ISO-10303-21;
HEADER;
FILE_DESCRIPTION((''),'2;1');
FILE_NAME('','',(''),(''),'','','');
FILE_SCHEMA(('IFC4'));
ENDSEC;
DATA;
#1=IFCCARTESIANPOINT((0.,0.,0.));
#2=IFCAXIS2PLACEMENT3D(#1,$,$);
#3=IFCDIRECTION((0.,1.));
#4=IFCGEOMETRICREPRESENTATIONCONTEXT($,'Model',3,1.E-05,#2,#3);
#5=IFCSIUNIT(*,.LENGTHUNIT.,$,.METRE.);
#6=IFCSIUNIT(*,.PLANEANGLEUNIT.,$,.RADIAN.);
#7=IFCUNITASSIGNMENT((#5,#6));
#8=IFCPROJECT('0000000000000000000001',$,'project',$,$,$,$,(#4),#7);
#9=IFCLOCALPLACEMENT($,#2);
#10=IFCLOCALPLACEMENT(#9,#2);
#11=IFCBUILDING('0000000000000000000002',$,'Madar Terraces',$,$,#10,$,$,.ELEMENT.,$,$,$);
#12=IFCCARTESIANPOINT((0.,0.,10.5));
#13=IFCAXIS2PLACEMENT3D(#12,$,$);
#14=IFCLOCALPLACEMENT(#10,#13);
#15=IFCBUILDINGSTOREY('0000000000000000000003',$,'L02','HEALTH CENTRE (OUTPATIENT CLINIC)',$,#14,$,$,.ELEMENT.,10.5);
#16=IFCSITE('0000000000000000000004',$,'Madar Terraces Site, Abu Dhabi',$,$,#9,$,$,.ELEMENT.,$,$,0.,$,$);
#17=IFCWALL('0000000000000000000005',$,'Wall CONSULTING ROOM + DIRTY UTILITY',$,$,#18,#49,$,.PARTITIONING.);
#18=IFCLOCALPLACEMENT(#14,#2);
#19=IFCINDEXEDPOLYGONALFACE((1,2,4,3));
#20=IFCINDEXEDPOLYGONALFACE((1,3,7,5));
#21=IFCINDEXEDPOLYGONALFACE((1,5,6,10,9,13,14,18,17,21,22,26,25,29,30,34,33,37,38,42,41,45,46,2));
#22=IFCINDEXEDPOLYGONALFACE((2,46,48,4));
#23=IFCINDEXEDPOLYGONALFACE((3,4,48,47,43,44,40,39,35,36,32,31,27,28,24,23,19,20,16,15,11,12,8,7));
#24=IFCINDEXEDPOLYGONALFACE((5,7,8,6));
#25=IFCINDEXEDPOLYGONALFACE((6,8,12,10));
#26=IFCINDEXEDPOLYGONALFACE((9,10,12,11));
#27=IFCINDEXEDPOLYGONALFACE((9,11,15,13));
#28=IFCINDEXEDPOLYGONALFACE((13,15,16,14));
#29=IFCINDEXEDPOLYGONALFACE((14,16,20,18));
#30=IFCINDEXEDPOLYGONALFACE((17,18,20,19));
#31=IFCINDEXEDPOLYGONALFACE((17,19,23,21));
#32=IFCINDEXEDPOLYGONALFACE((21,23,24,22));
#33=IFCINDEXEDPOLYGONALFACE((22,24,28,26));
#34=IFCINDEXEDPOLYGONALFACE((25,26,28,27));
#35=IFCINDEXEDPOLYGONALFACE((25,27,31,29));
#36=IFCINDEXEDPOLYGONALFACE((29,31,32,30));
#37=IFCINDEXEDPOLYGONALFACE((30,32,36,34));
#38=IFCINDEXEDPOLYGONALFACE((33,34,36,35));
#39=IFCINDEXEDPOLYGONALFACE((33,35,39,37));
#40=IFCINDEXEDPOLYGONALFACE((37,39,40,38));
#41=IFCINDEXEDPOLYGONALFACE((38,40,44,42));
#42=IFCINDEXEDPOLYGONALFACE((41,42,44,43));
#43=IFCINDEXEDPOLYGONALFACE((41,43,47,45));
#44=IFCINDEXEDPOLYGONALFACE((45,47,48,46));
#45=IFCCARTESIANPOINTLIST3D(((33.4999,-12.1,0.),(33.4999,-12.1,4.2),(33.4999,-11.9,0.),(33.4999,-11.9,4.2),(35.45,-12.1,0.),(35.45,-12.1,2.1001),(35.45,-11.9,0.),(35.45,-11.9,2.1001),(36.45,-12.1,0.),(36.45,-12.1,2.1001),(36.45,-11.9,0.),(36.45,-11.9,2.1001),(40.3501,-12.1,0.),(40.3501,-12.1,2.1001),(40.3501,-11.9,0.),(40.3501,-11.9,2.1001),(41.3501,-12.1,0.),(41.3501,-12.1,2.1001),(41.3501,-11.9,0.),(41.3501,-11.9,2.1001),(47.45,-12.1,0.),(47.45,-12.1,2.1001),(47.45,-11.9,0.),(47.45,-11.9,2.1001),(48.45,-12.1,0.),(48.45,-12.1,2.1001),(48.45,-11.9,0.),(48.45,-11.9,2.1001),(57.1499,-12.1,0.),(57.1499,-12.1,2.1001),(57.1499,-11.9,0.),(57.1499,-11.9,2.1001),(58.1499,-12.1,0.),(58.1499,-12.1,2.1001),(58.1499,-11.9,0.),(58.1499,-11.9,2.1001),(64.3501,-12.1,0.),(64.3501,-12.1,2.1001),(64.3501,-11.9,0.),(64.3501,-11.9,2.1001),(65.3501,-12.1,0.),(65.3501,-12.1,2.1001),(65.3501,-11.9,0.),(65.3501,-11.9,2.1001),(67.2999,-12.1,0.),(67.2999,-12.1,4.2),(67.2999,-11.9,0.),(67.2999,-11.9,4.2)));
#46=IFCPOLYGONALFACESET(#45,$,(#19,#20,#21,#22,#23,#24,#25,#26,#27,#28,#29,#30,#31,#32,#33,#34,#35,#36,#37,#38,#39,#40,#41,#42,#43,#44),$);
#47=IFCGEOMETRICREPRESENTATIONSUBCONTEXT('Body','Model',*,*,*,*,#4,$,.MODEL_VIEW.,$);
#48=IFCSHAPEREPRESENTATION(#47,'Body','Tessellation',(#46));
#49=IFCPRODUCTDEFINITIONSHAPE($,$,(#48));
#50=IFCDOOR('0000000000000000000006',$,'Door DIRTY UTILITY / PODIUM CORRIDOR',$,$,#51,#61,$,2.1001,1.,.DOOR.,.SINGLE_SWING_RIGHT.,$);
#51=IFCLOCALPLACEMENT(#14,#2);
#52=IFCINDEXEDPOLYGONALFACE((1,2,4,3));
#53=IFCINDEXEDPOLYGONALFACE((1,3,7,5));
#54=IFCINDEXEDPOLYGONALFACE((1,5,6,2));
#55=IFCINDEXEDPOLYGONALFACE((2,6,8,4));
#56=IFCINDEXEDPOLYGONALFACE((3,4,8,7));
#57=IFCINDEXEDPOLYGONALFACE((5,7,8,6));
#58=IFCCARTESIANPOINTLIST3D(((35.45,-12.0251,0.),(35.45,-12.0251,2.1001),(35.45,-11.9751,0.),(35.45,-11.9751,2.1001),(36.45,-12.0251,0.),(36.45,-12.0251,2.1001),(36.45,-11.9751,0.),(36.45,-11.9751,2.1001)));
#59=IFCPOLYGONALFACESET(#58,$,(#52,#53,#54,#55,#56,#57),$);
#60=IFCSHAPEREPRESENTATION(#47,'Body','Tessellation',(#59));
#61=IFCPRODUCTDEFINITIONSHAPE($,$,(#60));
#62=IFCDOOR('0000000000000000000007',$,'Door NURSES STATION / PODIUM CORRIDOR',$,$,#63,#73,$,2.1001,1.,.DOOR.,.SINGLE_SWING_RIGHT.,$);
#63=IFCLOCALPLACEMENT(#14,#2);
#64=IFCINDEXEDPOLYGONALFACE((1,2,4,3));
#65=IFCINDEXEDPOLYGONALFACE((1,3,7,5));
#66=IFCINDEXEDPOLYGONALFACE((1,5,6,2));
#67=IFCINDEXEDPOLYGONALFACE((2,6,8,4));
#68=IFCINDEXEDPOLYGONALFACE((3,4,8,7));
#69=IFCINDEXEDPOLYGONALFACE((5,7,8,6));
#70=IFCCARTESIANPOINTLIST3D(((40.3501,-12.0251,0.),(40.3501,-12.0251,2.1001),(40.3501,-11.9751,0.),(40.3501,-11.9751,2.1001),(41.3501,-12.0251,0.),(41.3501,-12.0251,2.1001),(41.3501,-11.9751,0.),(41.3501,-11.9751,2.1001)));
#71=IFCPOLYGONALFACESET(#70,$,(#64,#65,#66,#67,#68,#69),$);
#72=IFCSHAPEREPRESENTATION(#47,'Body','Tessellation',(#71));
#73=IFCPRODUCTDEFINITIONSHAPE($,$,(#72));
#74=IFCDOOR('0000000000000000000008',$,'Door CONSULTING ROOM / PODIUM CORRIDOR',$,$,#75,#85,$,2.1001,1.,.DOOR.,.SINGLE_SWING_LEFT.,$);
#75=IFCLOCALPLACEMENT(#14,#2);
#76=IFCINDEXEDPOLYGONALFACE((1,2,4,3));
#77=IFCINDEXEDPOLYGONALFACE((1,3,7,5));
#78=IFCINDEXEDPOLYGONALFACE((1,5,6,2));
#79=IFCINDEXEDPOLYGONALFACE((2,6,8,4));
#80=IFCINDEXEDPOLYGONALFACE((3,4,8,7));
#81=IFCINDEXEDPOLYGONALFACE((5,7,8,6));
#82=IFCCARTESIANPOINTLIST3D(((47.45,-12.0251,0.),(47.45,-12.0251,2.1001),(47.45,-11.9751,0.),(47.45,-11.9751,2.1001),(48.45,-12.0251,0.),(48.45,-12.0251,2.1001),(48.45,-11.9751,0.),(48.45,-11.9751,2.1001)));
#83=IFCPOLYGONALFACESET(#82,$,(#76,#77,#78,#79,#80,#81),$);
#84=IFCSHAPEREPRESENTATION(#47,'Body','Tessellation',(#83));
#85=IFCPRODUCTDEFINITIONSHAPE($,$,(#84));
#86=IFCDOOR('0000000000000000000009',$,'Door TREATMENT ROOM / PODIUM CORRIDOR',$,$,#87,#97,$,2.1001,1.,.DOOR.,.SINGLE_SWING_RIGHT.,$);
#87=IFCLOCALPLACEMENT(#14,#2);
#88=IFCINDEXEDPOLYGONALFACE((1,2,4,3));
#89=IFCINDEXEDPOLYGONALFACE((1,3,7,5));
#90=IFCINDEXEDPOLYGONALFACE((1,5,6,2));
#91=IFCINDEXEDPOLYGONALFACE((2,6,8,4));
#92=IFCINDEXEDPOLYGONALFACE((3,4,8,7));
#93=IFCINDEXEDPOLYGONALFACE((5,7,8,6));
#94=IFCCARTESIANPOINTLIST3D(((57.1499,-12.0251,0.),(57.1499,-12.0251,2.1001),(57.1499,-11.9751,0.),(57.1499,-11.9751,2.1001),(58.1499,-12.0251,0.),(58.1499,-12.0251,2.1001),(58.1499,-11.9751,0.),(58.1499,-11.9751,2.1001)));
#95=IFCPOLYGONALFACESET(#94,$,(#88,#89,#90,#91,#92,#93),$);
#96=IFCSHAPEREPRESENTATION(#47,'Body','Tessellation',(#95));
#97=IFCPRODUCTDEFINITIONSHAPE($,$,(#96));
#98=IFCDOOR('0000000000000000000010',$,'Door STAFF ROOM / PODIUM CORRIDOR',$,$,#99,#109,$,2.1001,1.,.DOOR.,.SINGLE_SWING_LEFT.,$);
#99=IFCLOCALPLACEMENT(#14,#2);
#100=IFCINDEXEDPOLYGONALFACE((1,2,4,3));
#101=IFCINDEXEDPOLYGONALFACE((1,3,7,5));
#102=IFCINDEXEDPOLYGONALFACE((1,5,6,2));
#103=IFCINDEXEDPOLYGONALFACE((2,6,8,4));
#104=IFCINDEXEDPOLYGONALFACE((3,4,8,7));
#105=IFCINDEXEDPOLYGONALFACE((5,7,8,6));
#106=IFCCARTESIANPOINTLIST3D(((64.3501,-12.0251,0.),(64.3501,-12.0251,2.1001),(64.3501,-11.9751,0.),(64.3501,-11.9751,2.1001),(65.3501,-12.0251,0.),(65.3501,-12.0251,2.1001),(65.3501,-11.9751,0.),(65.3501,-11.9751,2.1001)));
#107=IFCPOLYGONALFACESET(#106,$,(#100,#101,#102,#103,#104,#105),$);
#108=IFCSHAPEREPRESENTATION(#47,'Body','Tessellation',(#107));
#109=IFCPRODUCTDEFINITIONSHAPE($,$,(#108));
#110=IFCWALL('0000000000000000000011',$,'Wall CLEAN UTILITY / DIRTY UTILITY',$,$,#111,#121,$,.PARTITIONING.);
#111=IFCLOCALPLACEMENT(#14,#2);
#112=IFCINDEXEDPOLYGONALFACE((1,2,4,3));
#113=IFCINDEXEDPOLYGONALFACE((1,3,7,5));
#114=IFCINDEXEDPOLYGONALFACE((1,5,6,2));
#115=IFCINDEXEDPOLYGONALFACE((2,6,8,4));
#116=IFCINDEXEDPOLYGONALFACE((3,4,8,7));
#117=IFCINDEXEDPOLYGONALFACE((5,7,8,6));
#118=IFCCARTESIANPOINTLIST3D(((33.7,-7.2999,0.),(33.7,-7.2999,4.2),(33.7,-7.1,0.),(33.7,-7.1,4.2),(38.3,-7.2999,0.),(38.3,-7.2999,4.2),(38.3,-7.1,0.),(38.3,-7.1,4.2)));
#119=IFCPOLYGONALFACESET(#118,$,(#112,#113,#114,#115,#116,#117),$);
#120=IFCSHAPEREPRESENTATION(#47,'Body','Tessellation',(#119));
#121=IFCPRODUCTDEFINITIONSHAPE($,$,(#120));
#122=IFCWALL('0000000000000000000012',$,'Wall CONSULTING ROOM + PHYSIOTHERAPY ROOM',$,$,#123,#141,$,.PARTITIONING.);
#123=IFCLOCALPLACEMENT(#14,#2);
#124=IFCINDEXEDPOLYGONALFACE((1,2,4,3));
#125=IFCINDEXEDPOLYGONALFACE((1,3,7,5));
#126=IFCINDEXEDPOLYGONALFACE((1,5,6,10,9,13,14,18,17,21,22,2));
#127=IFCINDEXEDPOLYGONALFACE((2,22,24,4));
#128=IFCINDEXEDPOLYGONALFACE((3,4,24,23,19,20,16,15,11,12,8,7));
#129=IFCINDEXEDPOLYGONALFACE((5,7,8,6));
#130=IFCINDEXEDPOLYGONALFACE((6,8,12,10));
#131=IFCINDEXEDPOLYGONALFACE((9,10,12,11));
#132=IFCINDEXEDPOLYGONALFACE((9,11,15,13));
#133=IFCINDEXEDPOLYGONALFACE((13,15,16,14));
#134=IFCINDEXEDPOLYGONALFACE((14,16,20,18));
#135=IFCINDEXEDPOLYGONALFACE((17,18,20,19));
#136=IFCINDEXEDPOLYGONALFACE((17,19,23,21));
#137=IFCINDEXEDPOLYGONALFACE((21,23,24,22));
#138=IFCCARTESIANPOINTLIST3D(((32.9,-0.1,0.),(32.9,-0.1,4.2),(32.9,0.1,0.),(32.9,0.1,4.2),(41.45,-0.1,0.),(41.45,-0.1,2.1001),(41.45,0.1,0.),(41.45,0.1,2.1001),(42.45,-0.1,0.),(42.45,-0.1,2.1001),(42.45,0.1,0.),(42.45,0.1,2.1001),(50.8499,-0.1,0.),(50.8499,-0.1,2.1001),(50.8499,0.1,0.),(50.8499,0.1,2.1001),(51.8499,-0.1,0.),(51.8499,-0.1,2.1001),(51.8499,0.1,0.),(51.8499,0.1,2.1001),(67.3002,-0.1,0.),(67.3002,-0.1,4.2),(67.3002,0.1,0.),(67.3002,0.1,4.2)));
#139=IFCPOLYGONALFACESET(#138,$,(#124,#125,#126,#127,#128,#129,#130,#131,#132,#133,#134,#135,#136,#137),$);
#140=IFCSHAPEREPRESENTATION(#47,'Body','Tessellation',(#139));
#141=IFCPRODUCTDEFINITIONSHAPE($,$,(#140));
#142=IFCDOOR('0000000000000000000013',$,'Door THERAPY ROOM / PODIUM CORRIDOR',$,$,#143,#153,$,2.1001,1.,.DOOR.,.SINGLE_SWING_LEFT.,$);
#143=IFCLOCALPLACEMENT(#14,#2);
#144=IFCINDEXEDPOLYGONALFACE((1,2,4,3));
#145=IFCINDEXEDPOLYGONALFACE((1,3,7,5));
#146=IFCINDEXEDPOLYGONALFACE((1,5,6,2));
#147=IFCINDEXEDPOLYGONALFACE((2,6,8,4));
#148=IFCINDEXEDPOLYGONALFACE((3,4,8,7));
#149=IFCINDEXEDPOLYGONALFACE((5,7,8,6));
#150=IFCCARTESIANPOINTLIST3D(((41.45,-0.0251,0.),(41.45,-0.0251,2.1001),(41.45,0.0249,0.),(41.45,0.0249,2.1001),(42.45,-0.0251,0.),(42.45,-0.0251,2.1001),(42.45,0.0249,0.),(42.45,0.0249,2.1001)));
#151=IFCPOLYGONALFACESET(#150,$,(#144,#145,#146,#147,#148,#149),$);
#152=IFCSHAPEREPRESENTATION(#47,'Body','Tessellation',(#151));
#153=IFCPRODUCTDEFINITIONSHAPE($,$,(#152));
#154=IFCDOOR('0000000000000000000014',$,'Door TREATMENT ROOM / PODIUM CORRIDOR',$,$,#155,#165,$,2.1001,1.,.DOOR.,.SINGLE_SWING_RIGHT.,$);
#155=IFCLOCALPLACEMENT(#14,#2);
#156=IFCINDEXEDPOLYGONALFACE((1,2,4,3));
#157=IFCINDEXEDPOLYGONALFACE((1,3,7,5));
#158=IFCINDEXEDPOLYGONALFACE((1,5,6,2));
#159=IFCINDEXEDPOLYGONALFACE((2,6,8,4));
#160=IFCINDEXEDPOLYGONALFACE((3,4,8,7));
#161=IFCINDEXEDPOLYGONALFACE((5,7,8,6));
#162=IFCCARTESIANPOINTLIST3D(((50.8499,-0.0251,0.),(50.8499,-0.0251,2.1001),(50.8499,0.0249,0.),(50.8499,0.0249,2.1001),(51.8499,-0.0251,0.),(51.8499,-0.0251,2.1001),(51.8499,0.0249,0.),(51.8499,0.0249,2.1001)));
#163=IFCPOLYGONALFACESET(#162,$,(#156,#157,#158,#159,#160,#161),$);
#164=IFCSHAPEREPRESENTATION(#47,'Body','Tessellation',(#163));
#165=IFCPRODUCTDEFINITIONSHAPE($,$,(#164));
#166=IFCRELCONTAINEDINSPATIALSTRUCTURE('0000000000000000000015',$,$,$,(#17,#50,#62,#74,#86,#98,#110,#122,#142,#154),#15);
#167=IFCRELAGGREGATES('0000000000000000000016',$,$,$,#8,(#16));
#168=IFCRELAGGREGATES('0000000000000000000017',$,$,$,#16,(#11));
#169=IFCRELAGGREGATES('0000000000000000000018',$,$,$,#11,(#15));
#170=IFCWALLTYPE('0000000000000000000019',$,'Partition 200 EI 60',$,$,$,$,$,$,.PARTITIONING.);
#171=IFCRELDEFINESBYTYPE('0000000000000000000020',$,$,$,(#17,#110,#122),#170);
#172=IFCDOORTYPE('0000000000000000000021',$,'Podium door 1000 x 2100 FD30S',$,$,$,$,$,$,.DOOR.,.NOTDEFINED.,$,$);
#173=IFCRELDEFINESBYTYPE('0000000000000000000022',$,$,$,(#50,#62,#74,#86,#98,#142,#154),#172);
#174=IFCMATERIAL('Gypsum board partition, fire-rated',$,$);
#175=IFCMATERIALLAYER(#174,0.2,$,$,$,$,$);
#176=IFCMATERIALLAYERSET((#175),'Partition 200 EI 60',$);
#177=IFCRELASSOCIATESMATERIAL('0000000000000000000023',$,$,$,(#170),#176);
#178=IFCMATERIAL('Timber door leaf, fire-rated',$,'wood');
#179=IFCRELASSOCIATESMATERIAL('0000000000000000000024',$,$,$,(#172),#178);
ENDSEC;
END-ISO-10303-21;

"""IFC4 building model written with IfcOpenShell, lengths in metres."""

from ifc_helpers import new_model, si_unit, direction, frame, frame_2d, origin, place, context, subcontext, project, spatial, rectangle, extrude, material, layer, layer_set, type_object, element, fill, save


model = new_model("IFC4")

# Units and contexts
model_context = context("Model", 3, precision=1e-05, world=origin(), true_north=direction((0.0, 1.0)))
body_context = subcontext(model_context, "Body", "Model", "MODEL_VIEW")
ifc_project = project(units=[si_unit("LENGTHUNIT", "METRE"), si_unit("PLANEANGLEUNIT", "RADIAN")], contexts=[model_context])

# Site, building, storey
site_placement = place(None, origin())
site = spatial("IfcSite", under=ifc_project, at=site_placement, Name="Madar Terraces Site, Abu Dhabi", CompositionType="ELEMENT", RefElevation=0.0)
building_placement = place(site_placement, origin())
building = spatial("IfcBuilding", under=site, at=building_placement, Name="Madar Terraces", CompositionType="ELEMENT")
storey_placement = place(building_placement, frame((0.0, 0.0, 10.5)))
storey = spatial("IfcBuildingStorey", under=building, at=storey_placement, Name="L02", Description="HEALTH CENTRE (OUTPATIENT CLINIC)", CompositionType="ELEMENT", Elevation=10.5)

# Shared definitions
ifc_material_1 = material(Name="Gypsum board partition, fire-rated")
ifc_layer = layer(ifc_material_1, 0.2)
ifc_layer_set = layer_set([ifc_layer], Name="Partition 200 EI 60")
wall_type = type_object("IfcWallType", Name="Partition 200 EI 60", PredefinedType="PARTITIONING", material=ifc_layer_set)
ifc_material_2 = material(Name="Timber door leaf, fire-rated", Category="wood")
door_type = type_object("IfcDoorType", Name="Podium door 1000 x 2100 FD30S", OperationType="NOTDEFINED", PredefinedType="DOOR", material=ifc_material_2)

# Wall, openings, doors
wall_1_placement = place(storey_placement, frame((33.5, -12.0, 0.0), z_axis=(0.0, 0.0, 1.0), x_axis=(1.0, 0.0, 0.0)))
wall_1 = element("IfcWall", 1, at=wall_1_placement, inside=storey, type_object=wall_type, Name="Wall CONSULTING ROOM + DIRTY UTILITY", PredefinedType="PARTITIONING", context=body_context, shape_type="SweptSolid", body=[
    extrude(rectangle(XDim=33.8, YDim=0.2, at=frame_2d((16.8999, 0.0))), origin(), (0.0, 0.0, 1.0), 4.2),
])
opening_1_placement = place(wall_1_placement, frame((1.95, 0.0, 0.0)))
opening_1 = element("IfcOpeningElement", 2, at=opening_1_placement, cuts=wall_1, PredefinedType="OPENING", context=body_context, shape_type="SweptSolid", body=[
    extrude(rectangle(XDim=1.0, YDim=2.1001, at=frame_2d((0.5, 1.05))), frame((0.0, 0.1099, 0.0), z_axis=(0.0, -1.0, 0.0), x_axis=(1.0, 0.0, 0.0)), (0.0, 0.0, 1.0), 0.22),
])
opening_2_placement = place(wall_1_placement, frame((6.8501, 0.0, 0.0)))
opening_2 = element("IfcOpeningElement", 3, at=opening_2_placement, cuts=wall_1, PredefinedType="OPENING", context=body_context, shape_type="SweptSolid", body=[
    extrude(rectangle(XDim=1.0, YDim=2.1001, at=frame_2d((0.5, 1.05))), frame((0.0, 0.1099, 0.0), z_axis=(0.0, -1.0, 0.0), x_axis=(1.0, 0.0, 0.0)), (0.0, 0.0, 1.0), 0.22),
])
opening_3_placement = place(wall_1_placement, frame((13.95, 0.0, 0.0)))
opening_3 = element("IfcOpeningElement", 4, at=opening_3_placement, cuts=wall_1, PredefinedType="OPENING", context=body_context, shape_type="SweptSolid", body=[
    extrude(rectangle(XDim=1.0, YDim=2.1001, at=frame_2d((0.5, 1.05))), frame((0.0, 0.1099, 0.0), z_axis=(0.0, -1.0, 0.0), x_axis=(1.0, 0.0, 0.0)), (0.0, 0.0, 1.0), 0.22),
])
opening_4_placement = place(wall_1_placement, frame((23.6499, 0.0, 0.0)))
opening_4 = element("IfcOpeningElement", 5, at=opening_4_placement, cuts=wall_1, PredefinedType="OPENING", context=body_context, shape_type="SweptSolid", body=[
    extrude(rectangle(XDim=1.0, YDim=2.1001, at=frame_2d((0.5, 1.05))), frame((0.0, 0.1099, 0.0), z_axis=(0.0, -1.0, 0.0), x_axis=(1.0, 0.0, 0.0)), (0.0, 0.0, 1.0), 0.22),
])
opening_5_placement = place(wall_1_placement, frame((30.8501, 0.0, 0.0)))
opening_5 = element("IfcOpeningElement", 6, at=opening_5_placement, cuts=wall_1, PredefinedType="OPENING", context=body_context, shape_type="SweptSolid", body=[
    extrude(rectangle(XDim=1.0, YDim=2.1001, at=frame_2d((0.5, 1.05))), frame((0.0, 0.1099, 0.0), z_axis=(0.0, -1.0, 0.0), x_axis=(1.0, 0.0, 0.0)), (0.0, 0.0, 1.0), 0.22),
])
door_1_placement = place(opening_1_placement, origin())
door_1 = element("IfcDoor", 7, at=door_1_placement, inside=storey, type_object=door_type, Name="Door DIRTY UTILITY / PODIUM CORRIDOR", OperationType="SINGLE_SWING_RIGHT", OverallHeight=2.1001, OverallWidth=1.0, PredefinedType="DOOR", context=body_context, shape_type="SweptSolid", body=[
    extrude(rectangle(XDim=1.0, YDim=2.1001, at=frame_2d((0.5, 1.05))), frame((0.0, 0.0249, 0.0), z_axis=(0.0, -1.0, 0.0), x_axis=(1.0, 0.0, 0.0)), (0.0, 0.0, 1.0), 0.05),
])
fill(opening_1, door_1)
door_2_placement = place(opening_2_placement, origin())
door_2 = element("IfcDoor", 8, at=door_2_placement, inside=storey, type_object=door_type, Name="Door NURSES STATION / PODIUM CORRIDOR", OperationType="SINGLE_SWING_RIGHT", OverallHeight=2.1001, OverallWidth=1.0, PredefinedType="DOOR", context=body_context, shape_type="SweptSolid", body=[
    extrude(rectangle(XDim=1.0, YDim=2.1001, at=frame_2d((0.5, 1.05))), frame((0.0, 0.0249, 0.0), z_axis=(0.0, -1.0, 0.0), x_axis=(1.0, 0.0, 0.0)), (0.0, 0.0, 1.0), 0.05),
])
fill(opening_2, door_2)
door_3_placement = place(opening_3_placement, origin())
door_3 = element("IfcDoor", 9, at=door_3_placement, inside=storey, type_object=door_type, Name="Door CONSULTING ROOM / PODIUM CORRIDOR", OperationType="SINGLE_SWING_LEFT", OverallHeight=2.1001, OverallWidth=1.0, PredefinedType="DOOR", context=body_context, shape_type="SweptSolid", body=[
    extrude(rectangle(XDim=1.0, YDim=2.1001, at=frame_2d((0.5, 1.05))), frame((0.0, 0.0249, 0.0), z_axis=(0.0, -1.0, 0.0), x_axis=(1.0, 0.0, 0.0)), (0.0, 0.0, 1.0), 0.05),
])
fill(opening_3, door_3)
door_4_placement = place(opening_4_placement, origin())
door_4 = element("IfcDoor", 10, at=door_4_placement, inside=storey, type_object=door_type, Name="Door TREATMENT ROOM / PODIUM CORRIDOR", OperationType="SINGLE_SWING_RIGHT", OverallHeight=2.1001, OverallWidth=1.0, PredefinedType="DOOR", context=body_context, shape_type="SweptSolid", body=[
    extrude(rectangle(XDim=1.0, YDim=2.1001, at=frame_2d((0.5, 1.05))), frame((0.0, 0.0249, 0.0), z_axis=(0.0, -1.0, 0.0), x_axis=(1.0, 0.0, 0.0)), (0.0, 0.0, 1.0), 0.05),
])
fill(opening_4, door_4)
door_5_placement = place(opening_5_placement, origin())
door_5 = element("IfcDoor", 11, at=door_5_placement, inside=storey, type_object=door_type, Name="Door STAFF ROOM / PODIUM CORRIDOR", OperationType="SINGLE_SWING_LEFT", OverallHeight=2.1001, OverallWidth=1.0, PredefinedType="DOOR", context=body_context, shape_type="SweptSolid", body=[
    extrude(rectangle(XDim=1.0, YDim=2.1001, at=frame_2d((0.5, 1.05))), frame((0.0, 0.0249, 0.0), z_axis=(0.0, -1.0, 0.0), x_axis=(1.0, 0.0, 0.0)), (0.0, 0.0, 1.0), 0.05),
])
fill(opening_5, door_5)

# Wall
wall_2_placement = place(storey_placement, frame((33.7, -7.2, 0.0), z_axis=(0.0, 0.0, 1.0), x_axis=(1.0, 0.0, 0.0)))
element("IfcWall", 12, at=wall_2_placement, inside=storey, type_object=wall_type, Name="Wall CLEAN UTILITY / DIRTY UTILITY", PredefinedType="PARTITIONING", context=body_context, shape_type="SweptSolid", body=[
    extrude(rectangle(XDim=4.6001, YDim=0.2, at=frame_2d((2.3, 0.0))), origin(), (0.0, 0.0, 1.0), 4.2),
])

# Wall, openings, doors
wall_3_placement = place(storey_placement, frame((32.8999, 0.0, 0.0), z_axis=(0.0, 0.0, 1.0), x_axis=(1.0, 0.0, 0.0)))
wall_3 = element("IfcWall", 13, at=wall_3_placement, inside=storey, type_object=wall_type, Name="Wall CONSULTING ROOM + PHYSIOTHERAPY ROOM", PredefinedType="PARTITIONING", context=body_context, shape_type="SweptSolid", body=[
    extrude(rectangle(XDim=34.4001, YDim=0.2, at=frame_2d((17.2002, 0.0))), origin(), (0.0, 0.0, 1.0), 4.2),
])
opening_6_placement = place(wall_3_placement, frame((8.55, 0.0, 0.0)))
opening_6 = element("IfcOpeningElement", 14, at=opening_6_placement, cuts=wall_3, PredefinedType="OPENING", context=body_context, shape_type="SweptSolid", body=[
    extrude(rectangle(XDim=1.0, YDim=2.1001, at=frame_2d((0.5, 1.05))), frame((0.0, 0.1099, 0.0), z_axis=(0.0, -1.0, 0.0), x_axis=(1.0, 0.0, 0.0)), (0.0, 0.0, 1.0), 0.22),
])
opening_7_placement = place(wall_3_placement, frame((17.95, 0.0, 0.0)))
opening_7 = element("IfcOpeningElement", 15, at=opening_7_placement, cuts=wall_3, PredefinedType="OPENING", context=body_context, shape_type="SweptSolid", body=[
    extrude(rectangle(XDim=1.0, YDim=2.1001, at=frame_2d((0.5, 1.05))), frame((0.0, 0.1099, 0.0), z_axis=(0.0, -1.0, 0.0), x_axis=(1.0, 0.0, 0.0)), (0.0, 0.0, 1.0), 0.22),
])
door_6_placement = place(opening_6_placement, origin())
door_6 = element("IfcDoor", 16, at=door_6_placement, inside=storey, type_object=door_type, Name="Door THERAPY ROOM / PODIUM CORRIDOR", OperationType="SINGLE_SWING_LEFT", OverallHeight=2.1001, OverallWidth=1.0, PredefinedType="DOOR", context=body_context, shape_type="SweptSolid", body=[
    extrude(rectangle(XDim=1.0, YDim=2.1001, at=frame_2d((0.5, 1.05))), frame((0.0, 0.0249, 0.0), z_axis=(0.0, -1.0, 0.0), x_axis=(1.0, 0.0, 0.0)), (0.0, 0.0, 1.0), 0.05),
])
fill(opening_6, door_6)
door_7_placement = place(opening_7_placement, origin())
door_7 = element("IfcDoor", 17, at=door_7_placement, inside=storey, type_object=door_type, Name="Door TREATMENT ROOM / PODIUM CORRIDOR", OperationType="SINGLE_SWING_RIGHT", OverallHeight=2.1001, OverallWidth=1.0, PredefinedType="DOOR", context=body_context, shape_type="SweptSolid", body=[
    extrude(rectangle(XDim=1.0, YDim=2.1001, at=frame_2d((0.5, 1.05))), frame((0.0, 0.0249, 0.0), z_axis=(0.0, -1.0, 0.0), x_axis=(1.0, 0.0, 0.0)), (0.0, 0.0, 1.0), 0.05),
])
fill(opening_7, door_7)

save(model, "model.ifc")
